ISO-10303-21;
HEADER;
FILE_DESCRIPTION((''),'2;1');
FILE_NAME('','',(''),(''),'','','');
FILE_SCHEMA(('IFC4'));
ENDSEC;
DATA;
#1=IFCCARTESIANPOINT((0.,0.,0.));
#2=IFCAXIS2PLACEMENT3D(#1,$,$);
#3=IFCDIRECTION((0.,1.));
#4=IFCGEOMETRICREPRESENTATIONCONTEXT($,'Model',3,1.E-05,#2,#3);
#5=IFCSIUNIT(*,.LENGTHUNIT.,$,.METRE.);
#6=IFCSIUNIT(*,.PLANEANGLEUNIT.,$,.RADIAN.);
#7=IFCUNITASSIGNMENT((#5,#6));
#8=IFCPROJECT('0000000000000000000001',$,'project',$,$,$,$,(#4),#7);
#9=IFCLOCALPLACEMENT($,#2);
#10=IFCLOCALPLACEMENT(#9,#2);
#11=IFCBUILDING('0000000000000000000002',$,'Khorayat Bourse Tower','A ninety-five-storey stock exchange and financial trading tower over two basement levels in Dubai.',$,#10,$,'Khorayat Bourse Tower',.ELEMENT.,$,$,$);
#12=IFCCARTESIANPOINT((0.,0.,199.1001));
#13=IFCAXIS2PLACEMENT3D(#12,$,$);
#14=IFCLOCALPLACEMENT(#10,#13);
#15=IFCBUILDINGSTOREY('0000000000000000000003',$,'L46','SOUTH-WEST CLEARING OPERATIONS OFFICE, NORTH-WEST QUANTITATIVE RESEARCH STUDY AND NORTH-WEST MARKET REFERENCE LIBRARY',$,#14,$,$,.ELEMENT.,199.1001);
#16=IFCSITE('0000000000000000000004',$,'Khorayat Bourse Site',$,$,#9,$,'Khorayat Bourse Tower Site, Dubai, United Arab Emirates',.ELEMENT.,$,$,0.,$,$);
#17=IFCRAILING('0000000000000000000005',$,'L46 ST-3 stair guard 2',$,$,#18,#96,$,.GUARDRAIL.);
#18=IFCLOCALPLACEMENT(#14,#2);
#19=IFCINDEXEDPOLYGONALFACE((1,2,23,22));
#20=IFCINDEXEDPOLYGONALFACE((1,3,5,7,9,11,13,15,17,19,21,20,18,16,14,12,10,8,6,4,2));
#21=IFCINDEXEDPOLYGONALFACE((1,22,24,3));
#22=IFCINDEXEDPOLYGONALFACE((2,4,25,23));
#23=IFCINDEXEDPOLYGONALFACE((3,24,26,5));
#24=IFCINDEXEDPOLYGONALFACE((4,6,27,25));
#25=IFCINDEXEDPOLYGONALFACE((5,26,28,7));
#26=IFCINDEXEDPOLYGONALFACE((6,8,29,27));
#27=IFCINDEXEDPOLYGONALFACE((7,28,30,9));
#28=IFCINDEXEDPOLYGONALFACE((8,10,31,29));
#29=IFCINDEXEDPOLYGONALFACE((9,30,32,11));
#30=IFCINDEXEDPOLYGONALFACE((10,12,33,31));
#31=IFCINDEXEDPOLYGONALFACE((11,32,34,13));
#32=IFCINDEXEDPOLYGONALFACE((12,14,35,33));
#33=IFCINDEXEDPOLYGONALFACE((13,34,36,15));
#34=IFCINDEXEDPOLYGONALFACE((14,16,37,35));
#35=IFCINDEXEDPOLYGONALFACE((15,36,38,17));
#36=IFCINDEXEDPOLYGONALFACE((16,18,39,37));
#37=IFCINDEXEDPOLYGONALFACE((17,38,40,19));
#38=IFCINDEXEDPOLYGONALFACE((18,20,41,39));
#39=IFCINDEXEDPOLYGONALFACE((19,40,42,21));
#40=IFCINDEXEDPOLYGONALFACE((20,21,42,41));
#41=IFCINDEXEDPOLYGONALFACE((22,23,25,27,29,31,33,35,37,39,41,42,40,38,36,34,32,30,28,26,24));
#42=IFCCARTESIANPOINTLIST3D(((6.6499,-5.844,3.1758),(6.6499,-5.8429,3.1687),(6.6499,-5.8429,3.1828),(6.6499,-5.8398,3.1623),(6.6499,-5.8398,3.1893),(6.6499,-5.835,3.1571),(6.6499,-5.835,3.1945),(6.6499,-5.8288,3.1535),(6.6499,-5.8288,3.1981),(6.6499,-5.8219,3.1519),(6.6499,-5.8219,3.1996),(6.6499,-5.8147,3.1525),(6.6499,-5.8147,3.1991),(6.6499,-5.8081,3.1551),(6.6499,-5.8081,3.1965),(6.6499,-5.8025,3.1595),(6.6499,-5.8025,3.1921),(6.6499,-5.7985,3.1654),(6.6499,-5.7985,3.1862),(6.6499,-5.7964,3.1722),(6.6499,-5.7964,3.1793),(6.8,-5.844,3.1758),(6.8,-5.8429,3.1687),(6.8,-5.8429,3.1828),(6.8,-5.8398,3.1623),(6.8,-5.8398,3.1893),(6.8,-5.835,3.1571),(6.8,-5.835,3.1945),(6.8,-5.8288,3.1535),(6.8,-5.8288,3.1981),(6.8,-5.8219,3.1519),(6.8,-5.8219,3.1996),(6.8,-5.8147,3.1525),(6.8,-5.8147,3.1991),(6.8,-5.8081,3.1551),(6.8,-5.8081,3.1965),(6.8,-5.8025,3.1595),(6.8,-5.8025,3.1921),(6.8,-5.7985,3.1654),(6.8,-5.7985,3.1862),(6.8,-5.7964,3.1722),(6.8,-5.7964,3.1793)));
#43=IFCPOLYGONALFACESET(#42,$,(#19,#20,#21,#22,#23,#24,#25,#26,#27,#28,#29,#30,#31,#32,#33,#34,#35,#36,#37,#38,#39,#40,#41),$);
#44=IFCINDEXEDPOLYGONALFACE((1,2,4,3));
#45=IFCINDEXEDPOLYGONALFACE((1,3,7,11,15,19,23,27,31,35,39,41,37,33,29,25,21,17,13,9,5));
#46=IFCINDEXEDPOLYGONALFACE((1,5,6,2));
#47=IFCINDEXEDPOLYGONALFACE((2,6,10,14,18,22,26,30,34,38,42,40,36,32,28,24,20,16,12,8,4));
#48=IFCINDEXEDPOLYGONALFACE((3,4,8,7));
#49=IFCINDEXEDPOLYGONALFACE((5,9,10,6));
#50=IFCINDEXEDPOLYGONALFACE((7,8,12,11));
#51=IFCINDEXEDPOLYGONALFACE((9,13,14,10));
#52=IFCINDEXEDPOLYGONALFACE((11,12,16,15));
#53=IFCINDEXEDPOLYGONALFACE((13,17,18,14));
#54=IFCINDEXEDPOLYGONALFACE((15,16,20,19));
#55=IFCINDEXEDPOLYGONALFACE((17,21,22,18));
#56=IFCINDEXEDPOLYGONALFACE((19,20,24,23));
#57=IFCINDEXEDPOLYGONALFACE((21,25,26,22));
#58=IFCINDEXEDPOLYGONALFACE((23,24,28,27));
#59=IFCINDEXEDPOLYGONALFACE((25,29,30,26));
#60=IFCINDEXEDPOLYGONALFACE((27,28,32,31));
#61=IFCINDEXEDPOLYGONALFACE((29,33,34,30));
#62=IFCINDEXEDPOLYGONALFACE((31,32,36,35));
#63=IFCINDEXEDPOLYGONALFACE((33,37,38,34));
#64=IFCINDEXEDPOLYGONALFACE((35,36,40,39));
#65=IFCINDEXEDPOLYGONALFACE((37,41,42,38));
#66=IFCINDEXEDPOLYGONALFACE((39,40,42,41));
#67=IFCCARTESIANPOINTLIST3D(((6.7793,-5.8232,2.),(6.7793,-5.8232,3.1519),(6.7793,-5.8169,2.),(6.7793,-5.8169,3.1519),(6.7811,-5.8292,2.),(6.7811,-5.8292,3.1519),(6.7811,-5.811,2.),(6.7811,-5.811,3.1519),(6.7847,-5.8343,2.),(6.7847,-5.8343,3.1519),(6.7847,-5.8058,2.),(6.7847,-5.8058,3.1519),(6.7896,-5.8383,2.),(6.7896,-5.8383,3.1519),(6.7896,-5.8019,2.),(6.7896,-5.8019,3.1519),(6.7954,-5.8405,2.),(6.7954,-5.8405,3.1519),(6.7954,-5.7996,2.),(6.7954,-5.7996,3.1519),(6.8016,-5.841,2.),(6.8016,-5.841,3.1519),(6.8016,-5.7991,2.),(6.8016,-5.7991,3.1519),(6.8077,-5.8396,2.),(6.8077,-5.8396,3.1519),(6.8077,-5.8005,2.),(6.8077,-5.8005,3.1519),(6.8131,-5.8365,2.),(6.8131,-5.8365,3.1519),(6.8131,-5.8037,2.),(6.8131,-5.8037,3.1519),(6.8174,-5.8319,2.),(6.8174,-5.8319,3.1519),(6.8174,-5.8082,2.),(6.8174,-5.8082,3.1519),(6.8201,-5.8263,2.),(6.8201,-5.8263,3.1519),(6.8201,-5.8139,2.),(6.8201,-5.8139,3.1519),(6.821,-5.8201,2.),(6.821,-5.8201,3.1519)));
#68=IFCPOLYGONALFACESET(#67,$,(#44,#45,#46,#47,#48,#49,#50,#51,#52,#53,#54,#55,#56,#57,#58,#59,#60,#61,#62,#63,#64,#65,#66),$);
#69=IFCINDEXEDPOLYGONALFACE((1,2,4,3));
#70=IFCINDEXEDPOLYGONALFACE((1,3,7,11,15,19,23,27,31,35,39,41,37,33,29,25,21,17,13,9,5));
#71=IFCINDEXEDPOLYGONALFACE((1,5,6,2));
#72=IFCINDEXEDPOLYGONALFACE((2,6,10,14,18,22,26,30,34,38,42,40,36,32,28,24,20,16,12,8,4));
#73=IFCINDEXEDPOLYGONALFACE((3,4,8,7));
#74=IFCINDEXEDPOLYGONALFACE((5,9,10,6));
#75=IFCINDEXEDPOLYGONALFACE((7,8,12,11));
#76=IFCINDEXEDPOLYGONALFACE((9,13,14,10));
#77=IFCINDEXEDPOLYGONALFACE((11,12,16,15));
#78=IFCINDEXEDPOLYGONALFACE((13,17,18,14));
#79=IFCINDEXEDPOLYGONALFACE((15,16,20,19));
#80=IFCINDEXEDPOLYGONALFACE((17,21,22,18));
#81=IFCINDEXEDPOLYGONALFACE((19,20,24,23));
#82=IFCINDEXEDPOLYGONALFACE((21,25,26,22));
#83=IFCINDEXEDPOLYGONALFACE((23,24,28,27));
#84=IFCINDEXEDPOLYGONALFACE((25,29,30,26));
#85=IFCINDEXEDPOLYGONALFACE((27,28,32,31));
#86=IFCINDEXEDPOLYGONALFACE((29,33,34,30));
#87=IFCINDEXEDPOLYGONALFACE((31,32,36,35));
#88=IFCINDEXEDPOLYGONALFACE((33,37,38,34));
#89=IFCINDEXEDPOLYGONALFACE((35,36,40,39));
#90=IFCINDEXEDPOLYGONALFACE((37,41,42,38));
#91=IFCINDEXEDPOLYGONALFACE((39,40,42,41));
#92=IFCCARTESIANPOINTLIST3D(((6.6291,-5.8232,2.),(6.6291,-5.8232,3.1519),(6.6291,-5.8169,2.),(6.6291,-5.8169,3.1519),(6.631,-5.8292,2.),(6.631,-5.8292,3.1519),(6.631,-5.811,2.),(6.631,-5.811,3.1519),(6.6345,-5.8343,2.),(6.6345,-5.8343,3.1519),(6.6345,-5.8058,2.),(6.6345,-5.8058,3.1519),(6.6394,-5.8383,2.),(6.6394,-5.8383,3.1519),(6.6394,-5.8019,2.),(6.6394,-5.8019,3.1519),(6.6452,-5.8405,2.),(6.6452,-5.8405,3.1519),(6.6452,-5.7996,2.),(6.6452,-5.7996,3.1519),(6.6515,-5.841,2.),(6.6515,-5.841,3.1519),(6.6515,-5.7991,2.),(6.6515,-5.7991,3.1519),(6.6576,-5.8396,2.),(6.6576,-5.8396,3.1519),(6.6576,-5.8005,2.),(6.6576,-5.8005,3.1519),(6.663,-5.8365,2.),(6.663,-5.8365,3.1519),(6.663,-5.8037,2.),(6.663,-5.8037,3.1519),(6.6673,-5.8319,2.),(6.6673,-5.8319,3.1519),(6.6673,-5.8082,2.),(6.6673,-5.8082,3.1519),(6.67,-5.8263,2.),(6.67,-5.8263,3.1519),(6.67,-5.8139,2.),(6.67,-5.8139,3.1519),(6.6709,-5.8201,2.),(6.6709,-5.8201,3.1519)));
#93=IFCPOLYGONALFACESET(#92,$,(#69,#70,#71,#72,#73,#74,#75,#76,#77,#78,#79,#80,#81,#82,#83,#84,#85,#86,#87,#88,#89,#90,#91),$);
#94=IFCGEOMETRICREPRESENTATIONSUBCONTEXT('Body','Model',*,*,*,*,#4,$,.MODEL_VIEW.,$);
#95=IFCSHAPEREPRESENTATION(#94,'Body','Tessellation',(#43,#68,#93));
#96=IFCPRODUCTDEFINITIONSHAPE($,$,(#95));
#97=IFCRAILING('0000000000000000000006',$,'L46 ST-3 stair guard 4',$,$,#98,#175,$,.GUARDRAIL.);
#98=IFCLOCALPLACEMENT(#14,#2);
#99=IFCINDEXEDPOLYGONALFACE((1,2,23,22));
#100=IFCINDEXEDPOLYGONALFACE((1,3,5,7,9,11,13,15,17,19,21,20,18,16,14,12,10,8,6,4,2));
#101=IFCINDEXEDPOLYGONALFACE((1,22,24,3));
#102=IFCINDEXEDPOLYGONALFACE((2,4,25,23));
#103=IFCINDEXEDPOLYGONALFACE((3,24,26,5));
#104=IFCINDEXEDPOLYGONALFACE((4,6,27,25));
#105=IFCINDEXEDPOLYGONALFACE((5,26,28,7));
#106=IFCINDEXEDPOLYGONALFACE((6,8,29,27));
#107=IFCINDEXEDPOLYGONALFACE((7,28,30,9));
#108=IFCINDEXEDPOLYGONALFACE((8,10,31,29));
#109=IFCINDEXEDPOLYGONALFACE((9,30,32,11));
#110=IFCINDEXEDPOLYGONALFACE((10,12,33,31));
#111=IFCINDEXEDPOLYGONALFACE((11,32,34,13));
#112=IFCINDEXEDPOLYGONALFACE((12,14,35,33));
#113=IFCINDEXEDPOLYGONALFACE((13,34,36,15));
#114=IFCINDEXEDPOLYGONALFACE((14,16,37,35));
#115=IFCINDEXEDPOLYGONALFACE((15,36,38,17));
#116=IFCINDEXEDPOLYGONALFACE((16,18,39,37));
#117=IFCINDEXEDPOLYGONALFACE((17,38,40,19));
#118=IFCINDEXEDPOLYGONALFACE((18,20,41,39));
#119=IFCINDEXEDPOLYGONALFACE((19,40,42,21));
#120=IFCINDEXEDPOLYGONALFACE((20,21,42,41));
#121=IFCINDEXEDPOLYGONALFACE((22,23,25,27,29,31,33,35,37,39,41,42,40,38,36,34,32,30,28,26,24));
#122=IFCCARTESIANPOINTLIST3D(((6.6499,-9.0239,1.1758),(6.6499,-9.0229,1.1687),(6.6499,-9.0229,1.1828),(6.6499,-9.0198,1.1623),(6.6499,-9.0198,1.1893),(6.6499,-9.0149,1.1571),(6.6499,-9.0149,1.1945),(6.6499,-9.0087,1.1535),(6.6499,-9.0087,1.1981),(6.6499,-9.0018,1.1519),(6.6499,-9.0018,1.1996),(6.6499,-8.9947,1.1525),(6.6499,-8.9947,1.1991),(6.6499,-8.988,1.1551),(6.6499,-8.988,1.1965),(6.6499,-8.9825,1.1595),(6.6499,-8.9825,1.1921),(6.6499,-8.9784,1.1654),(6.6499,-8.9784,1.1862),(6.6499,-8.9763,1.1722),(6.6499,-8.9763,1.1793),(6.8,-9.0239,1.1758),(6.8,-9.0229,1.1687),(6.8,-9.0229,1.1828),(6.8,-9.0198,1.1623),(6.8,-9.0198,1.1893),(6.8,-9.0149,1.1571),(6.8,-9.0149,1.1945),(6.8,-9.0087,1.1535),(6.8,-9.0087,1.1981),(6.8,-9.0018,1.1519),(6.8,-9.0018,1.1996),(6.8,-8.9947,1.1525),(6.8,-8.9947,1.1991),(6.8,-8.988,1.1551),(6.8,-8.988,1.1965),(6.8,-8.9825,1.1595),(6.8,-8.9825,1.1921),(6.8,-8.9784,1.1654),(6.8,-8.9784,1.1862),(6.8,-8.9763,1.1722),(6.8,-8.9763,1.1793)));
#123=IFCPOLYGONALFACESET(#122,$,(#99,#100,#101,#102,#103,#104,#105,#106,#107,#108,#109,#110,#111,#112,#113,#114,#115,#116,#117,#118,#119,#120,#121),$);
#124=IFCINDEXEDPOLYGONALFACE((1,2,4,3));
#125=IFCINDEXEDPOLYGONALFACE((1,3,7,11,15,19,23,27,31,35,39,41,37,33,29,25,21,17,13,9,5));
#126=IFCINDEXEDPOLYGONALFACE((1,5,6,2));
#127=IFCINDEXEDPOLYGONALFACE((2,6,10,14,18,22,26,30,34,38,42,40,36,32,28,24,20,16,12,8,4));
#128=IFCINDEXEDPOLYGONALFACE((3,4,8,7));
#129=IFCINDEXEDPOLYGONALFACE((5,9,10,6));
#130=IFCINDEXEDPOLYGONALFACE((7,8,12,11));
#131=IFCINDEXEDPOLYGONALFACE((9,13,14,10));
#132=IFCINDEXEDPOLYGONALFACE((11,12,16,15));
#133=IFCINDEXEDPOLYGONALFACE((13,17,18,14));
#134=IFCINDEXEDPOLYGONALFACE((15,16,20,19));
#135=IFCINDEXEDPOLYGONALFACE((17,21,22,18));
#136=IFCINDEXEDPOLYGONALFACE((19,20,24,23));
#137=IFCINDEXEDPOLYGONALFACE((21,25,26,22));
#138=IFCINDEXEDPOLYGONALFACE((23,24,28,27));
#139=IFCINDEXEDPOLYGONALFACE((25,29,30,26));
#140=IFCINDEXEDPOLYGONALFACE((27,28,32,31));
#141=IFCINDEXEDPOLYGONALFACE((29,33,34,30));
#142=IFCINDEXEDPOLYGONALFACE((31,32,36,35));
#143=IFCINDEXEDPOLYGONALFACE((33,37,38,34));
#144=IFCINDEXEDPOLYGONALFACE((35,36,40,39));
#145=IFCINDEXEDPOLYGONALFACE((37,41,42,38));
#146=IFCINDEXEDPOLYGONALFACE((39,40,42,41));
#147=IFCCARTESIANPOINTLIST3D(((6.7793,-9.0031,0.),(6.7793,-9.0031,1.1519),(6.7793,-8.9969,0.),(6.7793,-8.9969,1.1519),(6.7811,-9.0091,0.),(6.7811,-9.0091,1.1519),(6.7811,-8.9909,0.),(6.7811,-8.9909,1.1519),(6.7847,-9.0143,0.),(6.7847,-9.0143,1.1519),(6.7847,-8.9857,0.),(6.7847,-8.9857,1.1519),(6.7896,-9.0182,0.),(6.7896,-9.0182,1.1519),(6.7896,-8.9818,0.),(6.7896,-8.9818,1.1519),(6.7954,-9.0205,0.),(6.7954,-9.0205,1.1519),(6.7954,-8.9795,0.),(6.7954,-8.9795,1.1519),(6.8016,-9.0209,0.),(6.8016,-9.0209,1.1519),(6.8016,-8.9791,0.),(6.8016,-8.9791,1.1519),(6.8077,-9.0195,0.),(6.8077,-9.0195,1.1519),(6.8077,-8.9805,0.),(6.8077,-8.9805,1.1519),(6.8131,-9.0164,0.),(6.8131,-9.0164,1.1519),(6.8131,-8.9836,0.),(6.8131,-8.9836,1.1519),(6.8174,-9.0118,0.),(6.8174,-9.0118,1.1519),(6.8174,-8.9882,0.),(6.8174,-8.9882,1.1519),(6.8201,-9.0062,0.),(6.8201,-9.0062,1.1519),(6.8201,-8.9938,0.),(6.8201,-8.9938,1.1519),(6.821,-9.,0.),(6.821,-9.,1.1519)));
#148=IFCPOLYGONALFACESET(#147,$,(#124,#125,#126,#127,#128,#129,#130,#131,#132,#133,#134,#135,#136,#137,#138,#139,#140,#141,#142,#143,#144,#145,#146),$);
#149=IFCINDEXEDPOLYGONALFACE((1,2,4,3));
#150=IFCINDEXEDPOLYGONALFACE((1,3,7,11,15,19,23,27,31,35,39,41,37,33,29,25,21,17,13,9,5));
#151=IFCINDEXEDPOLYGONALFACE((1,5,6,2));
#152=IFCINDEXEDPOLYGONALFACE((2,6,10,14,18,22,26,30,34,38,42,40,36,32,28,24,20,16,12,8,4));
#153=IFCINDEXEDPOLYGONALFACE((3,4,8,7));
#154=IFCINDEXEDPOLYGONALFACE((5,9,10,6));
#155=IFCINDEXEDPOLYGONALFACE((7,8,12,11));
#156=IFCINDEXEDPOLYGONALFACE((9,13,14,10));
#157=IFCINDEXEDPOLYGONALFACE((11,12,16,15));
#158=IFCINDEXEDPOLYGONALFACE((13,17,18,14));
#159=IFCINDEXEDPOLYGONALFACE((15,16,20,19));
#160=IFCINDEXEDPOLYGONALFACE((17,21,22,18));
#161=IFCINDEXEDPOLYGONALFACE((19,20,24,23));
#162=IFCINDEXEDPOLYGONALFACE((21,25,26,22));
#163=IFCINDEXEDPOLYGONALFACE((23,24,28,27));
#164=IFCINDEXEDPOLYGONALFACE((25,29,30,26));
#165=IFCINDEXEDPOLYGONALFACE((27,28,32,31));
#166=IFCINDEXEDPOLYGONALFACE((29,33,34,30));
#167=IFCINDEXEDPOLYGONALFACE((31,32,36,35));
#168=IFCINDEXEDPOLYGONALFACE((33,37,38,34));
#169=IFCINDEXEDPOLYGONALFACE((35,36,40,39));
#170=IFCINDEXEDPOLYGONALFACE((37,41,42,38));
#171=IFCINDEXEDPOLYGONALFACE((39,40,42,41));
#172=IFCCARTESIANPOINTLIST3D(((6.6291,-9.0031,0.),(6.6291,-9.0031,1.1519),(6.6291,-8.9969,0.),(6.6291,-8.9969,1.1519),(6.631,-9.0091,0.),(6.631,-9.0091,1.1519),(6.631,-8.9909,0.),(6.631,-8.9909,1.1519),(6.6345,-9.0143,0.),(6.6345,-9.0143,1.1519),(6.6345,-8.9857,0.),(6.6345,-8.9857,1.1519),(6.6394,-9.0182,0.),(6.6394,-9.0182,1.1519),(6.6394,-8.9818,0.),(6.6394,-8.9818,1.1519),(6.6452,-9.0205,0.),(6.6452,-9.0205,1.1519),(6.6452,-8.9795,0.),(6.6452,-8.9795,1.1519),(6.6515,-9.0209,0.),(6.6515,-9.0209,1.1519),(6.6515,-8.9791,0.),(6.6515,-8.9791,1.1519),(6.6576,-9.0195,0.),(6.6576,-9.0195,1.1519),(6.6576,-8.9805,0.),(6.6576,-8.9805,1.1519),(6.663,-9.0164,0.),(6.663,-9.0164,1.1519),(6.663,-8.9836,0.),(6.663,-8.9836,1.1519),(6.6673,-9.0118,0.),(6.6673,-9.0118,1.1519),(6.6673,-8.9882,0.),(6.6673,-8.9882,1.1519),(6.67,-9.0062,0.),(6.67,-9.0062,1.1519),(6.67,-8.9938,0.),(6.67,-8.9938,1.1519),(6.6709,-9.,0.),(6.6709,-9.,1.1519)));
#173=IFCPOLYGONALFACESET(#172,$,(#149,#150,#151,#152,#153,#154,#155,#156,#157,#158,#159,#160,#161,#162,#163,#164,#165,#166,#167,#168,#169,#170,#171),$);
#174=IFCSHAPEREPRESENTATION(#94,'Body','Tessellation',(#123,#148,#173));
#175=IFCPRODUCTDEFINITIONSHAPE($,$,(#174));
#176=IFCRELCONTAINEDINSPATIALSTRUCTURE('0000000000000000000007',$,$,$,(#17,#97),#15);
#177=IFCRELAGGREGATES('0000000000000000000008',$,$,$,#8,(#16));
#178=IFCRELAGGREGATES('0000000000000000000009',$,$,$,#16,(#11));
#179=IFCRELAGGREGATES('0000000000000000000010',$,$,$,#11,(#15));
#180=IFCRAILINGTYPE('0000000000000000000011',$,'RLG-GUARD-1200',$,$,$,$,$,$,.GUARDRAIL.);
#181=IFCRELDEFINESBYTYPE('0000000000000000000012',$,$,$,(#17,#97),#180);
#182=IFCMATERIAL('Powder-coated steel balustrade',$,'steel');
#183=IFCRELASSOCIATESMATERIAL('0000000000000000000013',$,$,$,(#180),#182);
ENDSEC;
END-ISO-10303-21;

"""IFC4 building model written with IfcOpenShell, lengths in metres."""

from ifc_helpers import new_model, si_unit, direction, frame, origin, origin_2d, place, context, subcontext, project, spatial, circle, extrude, source, transform, mapped, material, type_object, element, save


model = new_model("IFC4")

# Units and contexts
model_context = context("Model", 3, precision=1e-05, world=origin(), true_north=direction((0.0, 1.0)))
body_context = subcontext(model_context, "Body", "Model", "MODEL_VIEW")
ifc_project = project(units=[si_unit("LENGTHUNIT", "METRE"), si_unit("PLANEANGLEUNIT", "RADIAN")], contexts=[model_context])

# Site, building, storey
site_placement = place(None, origin())
site = spatial("IfcSite", under=ifc_project, at=site_placement, Name="Khorayat Bourse Site", LongName="Khorayat Bourse Tower Site, Dubai, United Arab Emirates", CompositionType="ELEMENT", RefElevation=0.0)
building_placement = place(site_placement, origin())
building = spatial("IfcBuilding", under=site, at=building_placement, Name="Khorayat Bourse Tower", Description="A ninety-five-storey stock exchange and financial trading tower over two basement levels in Dubai.", LongName="Khorayat Bourse Tower", CompositionType="ELEMENT")
storey_placement = place(building_placement, frame((0.0, 0.0, 199.1001)))
storey = spatial("IfcBuildingStorey", under=building, at=storey_placement, Name="L46", Description="SOUTH-WEST CLEARING OPERATIONS OFFICE, NORTH-WEST QUANTITATIVE RESEARCH STUDY AND NORTH-WEST MARKET REFERENCE LIBRARY", CompositionType="ELEMENT", Elevation=199.1001)

# Railings
ifc_material_1 = material(Name="Powder-coated steel balustrade", Category="steel")
railing_type_1 = type_object("IfcRailingType", Name="RLG-GUARD-1200", PredefinedType="GUARDRAIL", material=ifc_material_1)
shared_shape_1 = source(origin(), body_context, "Body", "SweptSolid", [
    extrude(circle(Radius=0.0239, at=origin_2d()), frame((0.0, 0.0, 1.1758), z_axis=(-1.0, 0.0, 0.0), x_axis=(0.0, -1.0, 0.0)), (0.0, 0.0, 1.0), 0.1501),
    extrude(circle(Radius=0.021, at=origin_2d()), origin(), (0.0, 0.0, 1.0), 1.1519),
    extrude(circle(Radius=0.021, at=origin_2d()), frame((-0.1501, 0.0, 0.0)), (0.0, 0.0, 1.0), 1.1519),
])
for number, where, name in (
    (1, (6.8, -5.8201, 2.0), "L46 ST-3 stair guard 2"),
    (2, (6.8, -9.0, 0.0), "L46 ST-3 stair guard 4"),
):
    element("IfcRailing", number, at=place(storey_placement, frame(where)), inside=storey, type_object=railing_type_1, Name=name, PredefinedType="GUARDRAIL", context=body_context, shape_type="MappedRepresentation", body=[
        mapped(shared_shape_1, transform((0.0, 0.0, 0.0), scale=1.0)),
    ])

save(model, "model.ifc")
